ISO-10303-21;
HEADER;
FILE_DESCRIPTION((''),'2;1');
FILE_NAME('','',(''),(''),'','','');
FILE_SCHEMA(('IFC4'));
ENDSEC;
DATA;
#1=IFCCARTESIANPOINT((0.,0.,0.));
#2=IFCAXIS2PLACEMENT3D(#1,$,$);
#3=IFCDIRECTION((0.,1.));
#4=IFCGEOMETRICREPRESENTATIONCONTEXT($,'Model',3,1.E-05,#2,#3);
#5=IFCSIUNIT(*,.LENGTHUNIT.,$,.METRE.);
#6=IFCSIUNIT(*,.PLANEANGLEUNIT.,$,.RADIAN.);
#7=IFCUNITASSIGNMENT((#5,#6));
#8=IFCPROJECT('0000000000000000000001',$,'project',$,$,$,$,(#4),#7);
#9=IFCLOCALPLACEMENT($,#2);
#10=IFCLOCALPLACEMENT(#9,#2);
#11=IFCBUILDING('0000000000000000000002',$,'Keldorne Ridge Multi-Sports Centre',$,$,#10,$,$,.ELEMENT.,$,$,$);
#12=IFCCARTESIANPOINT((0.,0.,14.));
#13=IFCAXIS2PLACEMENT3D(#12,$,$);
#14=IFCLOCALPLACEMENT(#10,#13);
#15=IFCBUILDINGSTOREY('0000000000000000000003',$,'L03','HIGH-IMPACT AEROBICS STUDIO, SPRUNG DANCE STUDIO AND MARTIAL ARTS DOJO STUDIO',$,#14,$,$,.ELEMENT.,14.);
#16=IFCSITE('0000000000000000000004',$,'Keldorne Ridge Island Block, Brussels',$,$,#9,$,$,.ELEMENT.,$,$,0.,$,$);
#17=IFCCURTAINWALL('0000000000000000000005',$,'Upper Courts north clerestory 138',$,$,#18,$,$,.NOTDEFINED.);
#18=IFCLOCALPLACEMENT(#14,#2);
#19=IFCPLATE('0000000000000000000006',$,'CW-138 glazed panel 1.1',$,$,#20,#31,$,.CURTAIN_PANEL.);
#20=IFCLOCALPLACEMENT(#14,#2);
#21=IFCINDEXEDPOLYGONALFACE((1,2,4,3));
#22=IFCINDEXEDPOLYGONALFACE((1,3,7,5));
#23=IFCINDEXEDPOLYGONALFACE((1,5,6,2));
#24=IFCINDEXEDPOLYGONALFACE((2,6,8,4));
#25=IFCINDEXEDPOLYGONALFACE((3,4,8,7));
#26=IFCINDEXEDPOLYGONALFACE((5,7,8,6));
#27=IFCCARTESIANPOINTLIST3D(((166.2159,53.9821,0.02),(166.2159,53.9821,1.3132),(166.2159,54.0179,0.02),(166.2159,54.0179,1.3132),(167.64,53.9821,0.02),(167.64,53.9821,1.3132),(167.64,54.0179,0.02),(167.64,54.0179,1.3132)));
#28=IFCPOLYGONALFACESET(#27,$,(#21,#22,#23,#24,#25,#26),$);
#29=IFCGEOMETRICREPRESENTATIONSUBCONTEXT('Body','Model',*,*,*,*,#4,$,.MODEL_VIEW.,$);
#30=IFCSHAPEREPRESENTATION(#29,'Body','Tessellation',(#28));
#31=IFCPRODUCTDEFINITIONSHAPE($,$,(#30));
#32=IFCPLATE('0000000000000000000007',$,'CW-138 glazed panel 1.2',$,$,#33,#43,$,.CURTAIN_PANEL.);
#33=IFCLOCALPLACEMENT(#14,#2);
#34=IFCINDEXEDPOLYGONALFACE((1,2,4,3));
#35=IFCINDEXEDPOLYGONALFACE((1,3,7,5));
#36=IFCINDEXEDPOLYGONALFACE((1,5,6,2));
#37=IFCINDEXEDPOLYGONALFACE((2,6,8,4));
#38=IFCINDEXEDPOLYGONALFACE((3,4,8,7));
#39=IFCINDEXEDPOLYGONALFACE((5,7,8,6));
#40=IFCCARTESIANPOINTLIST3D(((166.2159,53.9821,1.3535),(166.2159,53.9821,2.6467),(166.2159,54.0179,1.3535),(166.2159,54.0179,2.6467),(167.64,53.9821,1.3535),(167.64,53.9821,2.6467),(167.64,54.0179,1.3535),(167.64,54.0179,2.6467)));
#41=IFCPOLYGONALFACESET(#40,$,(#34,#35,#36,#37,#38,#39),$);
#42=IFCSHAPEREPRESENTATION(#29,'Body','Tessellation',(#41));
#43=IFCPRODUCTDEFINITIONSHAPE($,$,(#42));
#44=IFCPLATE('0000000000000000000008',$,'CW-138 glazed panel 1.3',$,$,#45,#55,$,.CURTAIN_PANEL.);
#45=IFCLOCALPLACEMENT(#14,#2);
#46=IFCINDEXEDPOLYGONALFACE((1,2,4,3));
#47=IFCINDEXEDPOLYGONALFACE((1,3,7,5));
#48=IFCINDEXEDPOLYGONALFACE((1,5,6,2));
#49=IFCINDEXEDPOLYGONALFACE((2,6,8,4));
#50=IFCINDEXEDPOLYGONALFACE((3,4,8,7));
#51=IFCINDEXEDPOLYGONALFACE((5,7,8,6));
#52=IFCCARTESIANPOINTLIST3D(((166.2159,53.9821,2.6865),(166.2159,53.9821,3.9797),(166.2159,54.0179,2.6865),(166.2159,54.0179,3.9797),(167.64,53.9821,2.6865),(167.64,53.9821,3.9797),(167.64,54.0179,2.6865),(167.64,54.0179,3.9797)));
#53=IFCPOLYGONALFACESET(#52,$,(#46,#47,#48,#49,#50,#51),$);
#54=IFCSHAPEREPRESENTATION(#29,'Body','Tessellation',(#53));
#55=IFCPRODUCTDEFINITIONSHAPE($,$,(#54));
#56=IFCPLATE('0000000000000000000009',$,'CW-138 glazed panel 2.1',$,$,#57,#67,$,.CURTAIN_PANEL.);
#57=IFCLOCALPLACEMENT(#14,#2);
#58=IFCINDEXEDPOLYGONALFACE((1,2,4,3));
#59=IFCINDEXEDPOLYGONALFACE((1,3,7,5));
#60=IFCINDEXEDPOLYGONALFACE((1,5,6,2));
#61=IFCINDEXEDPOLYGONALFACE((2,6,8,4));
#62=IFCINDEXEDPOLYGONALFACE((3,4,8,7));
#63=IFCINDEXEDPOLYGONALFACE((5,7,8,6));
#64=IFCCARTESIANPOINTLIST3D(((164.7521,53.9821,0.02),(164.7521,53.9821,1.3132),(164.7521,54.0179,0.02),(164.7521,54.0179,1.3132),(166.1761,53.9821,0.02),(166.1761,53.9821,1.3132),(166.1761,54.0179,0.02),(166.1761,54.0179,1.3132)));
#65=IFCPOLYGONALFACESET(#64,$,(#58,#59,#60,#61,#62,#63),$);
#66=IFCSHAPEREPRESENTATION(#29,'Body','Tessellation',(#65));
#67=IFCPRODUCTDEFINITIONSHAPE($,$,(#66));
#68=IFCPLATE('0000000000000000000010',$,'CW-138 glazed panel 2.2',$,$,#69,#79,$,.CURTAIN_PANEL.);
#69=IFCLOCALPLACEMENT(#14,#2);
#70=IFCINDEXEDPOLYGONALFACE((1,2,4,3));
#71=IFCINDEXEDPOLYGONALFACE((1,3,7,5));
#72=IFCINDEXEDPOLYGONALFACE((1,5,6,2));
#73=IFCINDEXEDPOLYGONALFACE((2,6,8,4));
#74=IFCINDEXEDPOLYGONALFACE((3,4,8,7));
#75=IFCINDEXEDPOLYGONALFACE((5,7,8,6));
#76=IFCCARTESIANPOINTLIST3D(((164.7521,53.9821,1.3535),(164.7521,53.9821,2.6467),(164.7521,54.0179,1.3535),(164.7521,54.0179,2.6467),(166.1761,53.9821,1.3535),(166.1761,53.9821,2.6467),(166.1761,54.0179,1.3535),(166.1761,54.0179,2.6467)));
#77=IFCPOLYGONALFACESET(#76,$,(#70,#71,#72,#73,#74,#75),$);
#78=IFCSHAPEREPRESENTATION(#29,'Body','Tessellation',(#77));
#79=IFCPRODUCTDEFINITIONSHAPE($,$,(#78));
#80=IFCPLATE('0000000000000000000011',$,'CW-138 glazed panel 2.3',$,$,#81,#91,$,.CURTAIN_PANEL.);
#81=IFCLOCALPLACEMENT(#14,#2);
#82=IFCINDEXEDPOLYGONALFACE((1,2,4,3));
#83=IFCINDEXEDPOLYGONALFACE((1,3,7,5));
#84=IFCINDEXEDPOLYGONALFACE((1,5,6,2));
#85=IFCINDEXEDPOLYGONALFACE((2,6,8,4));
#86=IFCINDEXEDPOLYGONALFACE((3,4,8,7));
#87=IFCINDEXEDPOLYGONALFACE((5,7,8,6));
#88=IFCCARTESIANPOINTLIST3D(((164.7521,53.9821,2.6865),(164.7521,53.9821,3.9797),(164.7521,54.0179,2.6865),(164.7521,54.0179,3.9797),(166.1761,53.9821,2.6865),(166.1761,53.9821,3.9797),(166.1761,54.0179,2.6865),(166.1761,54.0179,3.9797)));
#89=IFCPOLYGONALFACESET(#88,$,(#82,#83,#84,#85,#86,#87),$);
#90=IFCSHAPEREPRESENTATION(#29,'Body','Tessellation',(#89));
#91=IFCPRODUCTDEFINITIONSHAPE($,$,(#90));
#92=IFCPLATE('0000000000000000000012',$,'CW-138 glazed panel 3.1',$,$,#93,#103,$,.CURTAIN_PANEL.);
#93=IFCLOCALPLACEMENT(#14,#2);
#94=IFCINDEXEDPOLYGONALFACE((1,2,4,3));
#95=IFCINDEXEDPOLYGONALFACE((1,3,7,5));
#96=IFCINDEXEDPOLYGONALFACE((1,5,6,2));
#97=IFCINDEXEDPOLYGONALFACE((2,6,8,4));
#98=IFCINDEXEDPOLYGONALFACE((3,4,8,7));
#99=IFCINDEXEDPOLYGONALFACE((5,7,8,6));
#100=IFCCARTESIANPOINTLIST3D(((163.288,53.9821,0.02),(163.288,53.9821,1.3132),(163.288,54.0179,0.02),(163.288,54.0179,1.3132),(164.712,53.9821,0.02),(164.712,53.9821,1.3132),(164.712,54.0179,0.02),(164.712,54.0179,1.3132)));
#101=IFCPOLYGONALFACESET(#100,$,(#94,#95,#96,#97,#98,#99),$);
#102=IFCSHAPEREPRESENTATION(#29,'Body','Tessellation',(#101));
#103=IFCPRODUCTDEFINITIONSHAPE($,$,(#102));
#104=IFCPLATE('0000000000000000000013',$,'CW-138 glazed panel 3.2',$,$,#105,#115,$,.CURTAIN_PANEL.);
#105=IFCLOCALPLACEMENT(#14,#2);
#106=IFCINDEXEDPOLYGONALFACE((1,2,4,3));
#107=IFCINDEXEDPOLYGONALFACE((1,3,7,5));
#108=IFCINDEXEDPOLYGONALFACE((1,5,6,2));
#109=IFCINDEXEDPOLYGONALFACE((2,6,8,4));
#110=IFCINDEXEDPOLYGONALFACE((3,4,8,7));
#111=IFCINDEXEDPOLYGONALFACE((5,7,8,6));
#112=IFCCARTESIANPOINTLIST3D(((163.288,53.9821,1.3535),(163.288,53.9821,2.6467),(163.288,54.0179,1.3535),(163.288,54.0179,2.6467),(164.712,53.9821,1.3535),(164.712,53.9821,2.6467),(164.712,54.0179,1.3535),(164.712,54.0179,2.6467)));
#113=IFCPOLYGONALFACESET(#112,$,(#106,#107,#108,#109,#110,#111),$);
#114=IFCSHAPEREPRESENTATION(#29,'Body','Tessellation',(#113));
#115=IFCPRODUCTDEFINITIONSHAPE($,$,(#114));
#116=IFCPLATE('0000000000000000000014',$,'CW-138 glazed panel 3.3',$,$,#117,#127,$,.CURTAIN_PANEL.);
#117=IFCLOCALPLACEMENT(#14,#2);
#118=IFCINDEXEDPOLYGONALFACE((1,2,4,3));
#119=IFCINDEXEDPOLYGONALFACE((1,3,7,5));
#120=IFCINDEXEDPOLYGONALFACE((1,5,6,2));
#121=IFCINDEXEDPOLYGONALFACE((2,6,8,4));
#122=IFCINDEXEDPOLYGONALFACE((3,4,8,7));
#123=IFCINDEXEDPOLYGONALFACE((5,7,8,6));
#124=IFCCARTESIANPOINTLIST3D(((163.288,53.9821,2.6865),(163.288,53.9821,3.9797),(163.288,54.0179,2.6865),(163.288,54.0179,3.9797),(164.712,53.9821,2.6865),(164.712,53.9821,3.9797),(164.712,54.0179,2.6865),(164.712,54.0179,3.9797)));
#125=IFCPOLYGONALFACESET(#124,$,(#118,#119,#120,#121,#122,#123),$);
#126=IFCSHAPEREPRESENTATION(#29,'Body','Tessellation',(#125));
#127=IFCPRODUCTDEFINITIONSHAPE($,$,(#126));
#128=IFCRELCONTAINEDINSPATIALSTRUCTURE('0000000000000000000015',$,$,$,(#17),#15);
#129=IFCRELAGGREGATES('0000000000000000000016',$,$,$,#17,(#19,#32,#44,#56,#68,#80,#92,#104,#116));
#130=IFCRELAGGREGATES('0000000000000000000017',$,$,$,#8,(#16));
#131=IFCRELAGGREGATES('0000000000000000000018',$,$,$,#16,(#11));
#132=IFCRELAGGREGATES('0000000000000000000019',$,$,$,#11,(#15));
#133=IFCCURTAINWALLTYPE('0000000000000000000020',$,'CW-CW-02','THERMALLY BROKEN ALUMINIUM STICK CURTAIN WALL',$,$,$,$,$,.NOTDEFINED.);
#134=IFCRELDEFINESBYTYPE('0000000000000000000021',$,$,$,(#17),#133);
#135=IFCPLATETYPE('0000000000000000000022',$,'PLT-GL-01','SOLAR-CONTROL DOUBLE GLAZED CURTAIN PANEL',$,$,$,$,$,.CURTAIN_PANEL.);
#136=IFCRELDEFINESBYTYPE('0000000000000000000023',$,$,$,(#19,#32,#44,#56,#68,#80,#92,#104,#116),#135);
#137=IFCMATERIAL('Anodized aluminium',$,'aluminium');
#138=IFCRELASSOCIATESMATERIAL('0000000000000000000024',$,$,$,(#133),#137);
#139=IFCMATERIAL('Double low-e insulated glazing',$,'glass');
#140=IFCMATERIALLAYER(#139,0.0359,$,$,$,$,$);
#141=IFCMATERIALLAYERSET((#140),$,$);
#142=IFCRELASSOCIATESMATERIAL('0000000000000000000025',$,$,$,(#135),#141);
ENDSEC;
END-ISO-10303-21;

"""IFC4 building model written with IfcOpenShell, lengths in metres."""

from ifc_helpers import new_model, si_unit, direction, frame, origin, origin_2d, place, context, subcontext, project, spatial, rectangle, extrude, material, layer, layer_set, type_object, element, aggregate, save


model = new_model("IFC4")

# Units and contexts
model_context = context("Model", 3, precision=1e-05, world=origin(), true_north=direction((0.0, 1.0)))
body_context = subcontext(model_context, "Body", "Model", "MODEL_VIEW")
ifc_project = project(units=[si_unit("LENGTHUNIT", "METRE"), si_unit("PLANEANGLEUNIT", "RADIAN")], contexts=[model_context])

# Site, building, storey
site_placement = place(None, origin())
site = spatial("IfcSite", under=ifc_project, at=site_placement, Name="Keldorne Ridge Island Block, Brussels", CompositionType="ELEMENT", RefElevation=0.0)
building_placement = place(site_placement, origin())
building = spatial("IfcBuilding", under=site, at=building_placement, Name="Keldorne Ridge Multi-Sports Centre", CompositionType="ELEMENT")
storey_placement = place(building_placement, frame((0.0, 0.0, 14.0)))
storey = spatial("IfcBuildingStorey", under=building, at=storey_placement, Name="L03", Description="HIGH-IMPACT AEROBICS STUDIO, SPRUNG DANCE STUDIO AND MARTIAL ARTS DOJO STUDIO", CompositionType="ELEMENT", Elevation=14.0)

# Curtain wall
ifc_material_1 = material(Name="Anodized aluminium", Category="aluminium")
curtain_wall_type = type_object("IfcCurtainWallType", Name="CW-CW-02", Description="THERMALLY BROKEN ALUMINIUM STICK CURTAIN WALL", PredefinedType="NOTDEFINED", material=ifc_material_1)
curtain_wall_placement = place(storey_placement, origin())
curtain_wall = element("IfcCurtainWall", 1, at=curtain_wall_placement, inside=storey, type_object=curtain_wall_type, Name="Upper Courts north clerestory 138", PredefinedType="NOTDEFINED")

# Plates
ifc_material_2 = material(Name="Double low-e insulated glazing", Category="glass")
ifc_layer = layer(ifc_material_2, 0.0359)
ifc_layer_set = layer_set([ifc_layer])
plate_type = type_object("IfcPlateType", Name="PLT-GL-01", Description="SOLAR-CONTROL DOUBLE GLAZED CURTAIN PANEL", PredefinedType="CURTAIN_PANEL", material=ifc_layer_set)
plate_1_placement = place(storey_placement, frame((166.928, 54.0, 0.02), z_axis=(0.0, 0.0, 1.0), x_axis=(-1.0, 0.0, 0.0)))
plate_1 = element("IfcPlate", 2, at=plate_1_placement, type_object=plate_type, Name="CW-138 glazed panel 1.1", PredefinedType="CURTAIN_PANEL", context=body_context, shape_type="SweptSolid", body=[
    extrude(rectangle(XDim=1.4241, YDim=0.0359, at=origin_2d()), origin(), (0.0, 0.0, 1.0), 1.2932),
])
plate_2_placement = place(storey_placement, frame((166.928, 54.0, 1.3535), z_axis=(0.0, 0.0, 1.0), x_axis=(-1.0, 0.0, 0.0)))
plate_2 = element("IfcPlate", 3, at=plate_2_placement, type_object=plate_type, Name="CW-138 glazed panel 1.2", PredefinedType="CURTAIN_PANEL", context=body_context, shape_type="SweptSolid", body=[
    extrude(rectangle(XDim=1.4241, YDim=0.0359, at=origin_2d()), origin(), (0.0, 0.0, 1.0), 1.2932),
])
plate_3_placement = place(storey_placement, frame((166.928, 54.0, 2.6865), z_axis=(0.0, 0.0, 1.0), x_axis=(-1.0, 0.0, 0.0)))
plate_3 = element("IfcPlate", 4, at=plate_3_placement, type_object=plate_type, Name="CW-138 glazed panel 1.3", PredefinedType="CURTAIN_PANEL", context=body_context, shape_type="SweptSolid", body=[
    extrude(rectangle(XDim=1.4241, YDim=0.0359, at=origin_2d()), origin(), (0.0, 0.0, 1.0), 1.2932),
])
plate_4_placement = place(storey_placement, frame((165.4641, 54.0, 0.02), z_axis=(0.0, 0.0, 1.0), x_axis=(-1.0, 0.0, 0.0)))
plate_4 = element("IfcPlate", 5, at=plate_4_placement, type_object=plate_type, Name="CW-138 glazed panel 2.1", PredefinedType="CURTAIN_PANEL", context=body_context, shape_type="SweptSolid", body=[
    extrude(rectangle(XDim=1.4241, YDim=0.0359, at=origin_2d()), origin(), (0.0, 0.0, 1.0), 1.2932),
])
plate_5_placement = place(storey_placement, frame((165.4641, 54.0, 1.3535), z_axis=(0.0, 0.0, 1.0), x_axis=(-1.0, 0.0, 0.0)))
plate_5 = element("IfcPlate", 6, at=plate_5_placement, type_object=plate_type, Name="CW-138 glazed panel 2.2", PredefinedType="CURTAIN_PANEL", context=body_context, shape_type="SweptSolid", body=[
    extrude(rectangle(XDim=1.4241, YDim=0.0359, at=origin_2d()), origin(), (0.0, 0.0, 1.0), 1.2932),
])
plate_6_placement = place(storey_placement, frame((165.4641, 54.0, 2.6865), z_axis=(0.0, 0.0, 1.0), x_axis=(-1.0, 0.0, 0.0)))
plate_6 = element("IfcPlate", 7, at=plate_6_placement, type_object=plate_type, Name="CW-138 glazed panel 2.3", PredefinedType="CURTAIN_PANEL", context=body_context, shape_type="SweptSolid", body=[
    extrude(rectangle(XDim=1.4241, YDim=0.0359, at=origin_2d()), origin(), (0.0, 0.0, 1.0), 1.2932),
])
plate_7_placement = place(storey_placement, frame((164.0, 54.0, 0.02), z_axis=(0.0, 0.0, 1.0), x_axis=(-1.0, 0.0, 0.0)))
plate_7 = element("IfcPlate", 8, at=plate_7_placement, type_object=plate_type, Name="CW-138 glazed panel 3.1", PredefinedType="CURTAIN_PANEL", context=body_context, shape_type="SweptSolid", body=[
    extrude(rectangle(XDim=1.4241, YDim=0.0359, at=origin_2d()), origin(), (0.0, 0.0, 1.0), 1.2932),
])
plate_8_placement = place(storey_placement, frame((164.0, 54.0, 1.3535), z_axis=(0.0, 0.0, 1.0), x_axis=(-1.0, 0.0, 0.0)))
plate_8 = element("IfcPlate", 9, at=plate_8_placement, type_object=plate_type, Name="CW-138 glazed panel 3.2", PredefinedType="CURTAIN_PANEL", context=body_context, shape_type="SweptSolid", body=[
    extrude(rectangle(XDim=1.4241, YDim=0.0359, at=origin_2d()), origin(), (0.0, 0.0, 1.0), 1.2932),
])
plate_9_placement = place(storey_placement, frame((164.0, 54.0, 2.6865), z_axis=(0.0, 0.0, 1.0), x_axis=(-1.0, 0.0, 0.0)))
plate_9 = element("IfcPlate", 10, at=plate_9_placement, type_object=plate_type, Name="CW-138 glazed panel 3.3", PredefinedType="CURTAIN_PANEL", context=body_context, shape_type="SweptSolid", body=[
    extrude(rectangle(XDim=1.4241, YDim=0.0359, at=origin_2d()), origin(), (0.0, 0.0, 1.0), 1.2932),
])
aggregate(curtain_wall, [plate_1, plate_2, plate_3, plate_4, plate_5, plate_6, plate_7, plate_8, plate_9])

save(model, "model.ifc")
